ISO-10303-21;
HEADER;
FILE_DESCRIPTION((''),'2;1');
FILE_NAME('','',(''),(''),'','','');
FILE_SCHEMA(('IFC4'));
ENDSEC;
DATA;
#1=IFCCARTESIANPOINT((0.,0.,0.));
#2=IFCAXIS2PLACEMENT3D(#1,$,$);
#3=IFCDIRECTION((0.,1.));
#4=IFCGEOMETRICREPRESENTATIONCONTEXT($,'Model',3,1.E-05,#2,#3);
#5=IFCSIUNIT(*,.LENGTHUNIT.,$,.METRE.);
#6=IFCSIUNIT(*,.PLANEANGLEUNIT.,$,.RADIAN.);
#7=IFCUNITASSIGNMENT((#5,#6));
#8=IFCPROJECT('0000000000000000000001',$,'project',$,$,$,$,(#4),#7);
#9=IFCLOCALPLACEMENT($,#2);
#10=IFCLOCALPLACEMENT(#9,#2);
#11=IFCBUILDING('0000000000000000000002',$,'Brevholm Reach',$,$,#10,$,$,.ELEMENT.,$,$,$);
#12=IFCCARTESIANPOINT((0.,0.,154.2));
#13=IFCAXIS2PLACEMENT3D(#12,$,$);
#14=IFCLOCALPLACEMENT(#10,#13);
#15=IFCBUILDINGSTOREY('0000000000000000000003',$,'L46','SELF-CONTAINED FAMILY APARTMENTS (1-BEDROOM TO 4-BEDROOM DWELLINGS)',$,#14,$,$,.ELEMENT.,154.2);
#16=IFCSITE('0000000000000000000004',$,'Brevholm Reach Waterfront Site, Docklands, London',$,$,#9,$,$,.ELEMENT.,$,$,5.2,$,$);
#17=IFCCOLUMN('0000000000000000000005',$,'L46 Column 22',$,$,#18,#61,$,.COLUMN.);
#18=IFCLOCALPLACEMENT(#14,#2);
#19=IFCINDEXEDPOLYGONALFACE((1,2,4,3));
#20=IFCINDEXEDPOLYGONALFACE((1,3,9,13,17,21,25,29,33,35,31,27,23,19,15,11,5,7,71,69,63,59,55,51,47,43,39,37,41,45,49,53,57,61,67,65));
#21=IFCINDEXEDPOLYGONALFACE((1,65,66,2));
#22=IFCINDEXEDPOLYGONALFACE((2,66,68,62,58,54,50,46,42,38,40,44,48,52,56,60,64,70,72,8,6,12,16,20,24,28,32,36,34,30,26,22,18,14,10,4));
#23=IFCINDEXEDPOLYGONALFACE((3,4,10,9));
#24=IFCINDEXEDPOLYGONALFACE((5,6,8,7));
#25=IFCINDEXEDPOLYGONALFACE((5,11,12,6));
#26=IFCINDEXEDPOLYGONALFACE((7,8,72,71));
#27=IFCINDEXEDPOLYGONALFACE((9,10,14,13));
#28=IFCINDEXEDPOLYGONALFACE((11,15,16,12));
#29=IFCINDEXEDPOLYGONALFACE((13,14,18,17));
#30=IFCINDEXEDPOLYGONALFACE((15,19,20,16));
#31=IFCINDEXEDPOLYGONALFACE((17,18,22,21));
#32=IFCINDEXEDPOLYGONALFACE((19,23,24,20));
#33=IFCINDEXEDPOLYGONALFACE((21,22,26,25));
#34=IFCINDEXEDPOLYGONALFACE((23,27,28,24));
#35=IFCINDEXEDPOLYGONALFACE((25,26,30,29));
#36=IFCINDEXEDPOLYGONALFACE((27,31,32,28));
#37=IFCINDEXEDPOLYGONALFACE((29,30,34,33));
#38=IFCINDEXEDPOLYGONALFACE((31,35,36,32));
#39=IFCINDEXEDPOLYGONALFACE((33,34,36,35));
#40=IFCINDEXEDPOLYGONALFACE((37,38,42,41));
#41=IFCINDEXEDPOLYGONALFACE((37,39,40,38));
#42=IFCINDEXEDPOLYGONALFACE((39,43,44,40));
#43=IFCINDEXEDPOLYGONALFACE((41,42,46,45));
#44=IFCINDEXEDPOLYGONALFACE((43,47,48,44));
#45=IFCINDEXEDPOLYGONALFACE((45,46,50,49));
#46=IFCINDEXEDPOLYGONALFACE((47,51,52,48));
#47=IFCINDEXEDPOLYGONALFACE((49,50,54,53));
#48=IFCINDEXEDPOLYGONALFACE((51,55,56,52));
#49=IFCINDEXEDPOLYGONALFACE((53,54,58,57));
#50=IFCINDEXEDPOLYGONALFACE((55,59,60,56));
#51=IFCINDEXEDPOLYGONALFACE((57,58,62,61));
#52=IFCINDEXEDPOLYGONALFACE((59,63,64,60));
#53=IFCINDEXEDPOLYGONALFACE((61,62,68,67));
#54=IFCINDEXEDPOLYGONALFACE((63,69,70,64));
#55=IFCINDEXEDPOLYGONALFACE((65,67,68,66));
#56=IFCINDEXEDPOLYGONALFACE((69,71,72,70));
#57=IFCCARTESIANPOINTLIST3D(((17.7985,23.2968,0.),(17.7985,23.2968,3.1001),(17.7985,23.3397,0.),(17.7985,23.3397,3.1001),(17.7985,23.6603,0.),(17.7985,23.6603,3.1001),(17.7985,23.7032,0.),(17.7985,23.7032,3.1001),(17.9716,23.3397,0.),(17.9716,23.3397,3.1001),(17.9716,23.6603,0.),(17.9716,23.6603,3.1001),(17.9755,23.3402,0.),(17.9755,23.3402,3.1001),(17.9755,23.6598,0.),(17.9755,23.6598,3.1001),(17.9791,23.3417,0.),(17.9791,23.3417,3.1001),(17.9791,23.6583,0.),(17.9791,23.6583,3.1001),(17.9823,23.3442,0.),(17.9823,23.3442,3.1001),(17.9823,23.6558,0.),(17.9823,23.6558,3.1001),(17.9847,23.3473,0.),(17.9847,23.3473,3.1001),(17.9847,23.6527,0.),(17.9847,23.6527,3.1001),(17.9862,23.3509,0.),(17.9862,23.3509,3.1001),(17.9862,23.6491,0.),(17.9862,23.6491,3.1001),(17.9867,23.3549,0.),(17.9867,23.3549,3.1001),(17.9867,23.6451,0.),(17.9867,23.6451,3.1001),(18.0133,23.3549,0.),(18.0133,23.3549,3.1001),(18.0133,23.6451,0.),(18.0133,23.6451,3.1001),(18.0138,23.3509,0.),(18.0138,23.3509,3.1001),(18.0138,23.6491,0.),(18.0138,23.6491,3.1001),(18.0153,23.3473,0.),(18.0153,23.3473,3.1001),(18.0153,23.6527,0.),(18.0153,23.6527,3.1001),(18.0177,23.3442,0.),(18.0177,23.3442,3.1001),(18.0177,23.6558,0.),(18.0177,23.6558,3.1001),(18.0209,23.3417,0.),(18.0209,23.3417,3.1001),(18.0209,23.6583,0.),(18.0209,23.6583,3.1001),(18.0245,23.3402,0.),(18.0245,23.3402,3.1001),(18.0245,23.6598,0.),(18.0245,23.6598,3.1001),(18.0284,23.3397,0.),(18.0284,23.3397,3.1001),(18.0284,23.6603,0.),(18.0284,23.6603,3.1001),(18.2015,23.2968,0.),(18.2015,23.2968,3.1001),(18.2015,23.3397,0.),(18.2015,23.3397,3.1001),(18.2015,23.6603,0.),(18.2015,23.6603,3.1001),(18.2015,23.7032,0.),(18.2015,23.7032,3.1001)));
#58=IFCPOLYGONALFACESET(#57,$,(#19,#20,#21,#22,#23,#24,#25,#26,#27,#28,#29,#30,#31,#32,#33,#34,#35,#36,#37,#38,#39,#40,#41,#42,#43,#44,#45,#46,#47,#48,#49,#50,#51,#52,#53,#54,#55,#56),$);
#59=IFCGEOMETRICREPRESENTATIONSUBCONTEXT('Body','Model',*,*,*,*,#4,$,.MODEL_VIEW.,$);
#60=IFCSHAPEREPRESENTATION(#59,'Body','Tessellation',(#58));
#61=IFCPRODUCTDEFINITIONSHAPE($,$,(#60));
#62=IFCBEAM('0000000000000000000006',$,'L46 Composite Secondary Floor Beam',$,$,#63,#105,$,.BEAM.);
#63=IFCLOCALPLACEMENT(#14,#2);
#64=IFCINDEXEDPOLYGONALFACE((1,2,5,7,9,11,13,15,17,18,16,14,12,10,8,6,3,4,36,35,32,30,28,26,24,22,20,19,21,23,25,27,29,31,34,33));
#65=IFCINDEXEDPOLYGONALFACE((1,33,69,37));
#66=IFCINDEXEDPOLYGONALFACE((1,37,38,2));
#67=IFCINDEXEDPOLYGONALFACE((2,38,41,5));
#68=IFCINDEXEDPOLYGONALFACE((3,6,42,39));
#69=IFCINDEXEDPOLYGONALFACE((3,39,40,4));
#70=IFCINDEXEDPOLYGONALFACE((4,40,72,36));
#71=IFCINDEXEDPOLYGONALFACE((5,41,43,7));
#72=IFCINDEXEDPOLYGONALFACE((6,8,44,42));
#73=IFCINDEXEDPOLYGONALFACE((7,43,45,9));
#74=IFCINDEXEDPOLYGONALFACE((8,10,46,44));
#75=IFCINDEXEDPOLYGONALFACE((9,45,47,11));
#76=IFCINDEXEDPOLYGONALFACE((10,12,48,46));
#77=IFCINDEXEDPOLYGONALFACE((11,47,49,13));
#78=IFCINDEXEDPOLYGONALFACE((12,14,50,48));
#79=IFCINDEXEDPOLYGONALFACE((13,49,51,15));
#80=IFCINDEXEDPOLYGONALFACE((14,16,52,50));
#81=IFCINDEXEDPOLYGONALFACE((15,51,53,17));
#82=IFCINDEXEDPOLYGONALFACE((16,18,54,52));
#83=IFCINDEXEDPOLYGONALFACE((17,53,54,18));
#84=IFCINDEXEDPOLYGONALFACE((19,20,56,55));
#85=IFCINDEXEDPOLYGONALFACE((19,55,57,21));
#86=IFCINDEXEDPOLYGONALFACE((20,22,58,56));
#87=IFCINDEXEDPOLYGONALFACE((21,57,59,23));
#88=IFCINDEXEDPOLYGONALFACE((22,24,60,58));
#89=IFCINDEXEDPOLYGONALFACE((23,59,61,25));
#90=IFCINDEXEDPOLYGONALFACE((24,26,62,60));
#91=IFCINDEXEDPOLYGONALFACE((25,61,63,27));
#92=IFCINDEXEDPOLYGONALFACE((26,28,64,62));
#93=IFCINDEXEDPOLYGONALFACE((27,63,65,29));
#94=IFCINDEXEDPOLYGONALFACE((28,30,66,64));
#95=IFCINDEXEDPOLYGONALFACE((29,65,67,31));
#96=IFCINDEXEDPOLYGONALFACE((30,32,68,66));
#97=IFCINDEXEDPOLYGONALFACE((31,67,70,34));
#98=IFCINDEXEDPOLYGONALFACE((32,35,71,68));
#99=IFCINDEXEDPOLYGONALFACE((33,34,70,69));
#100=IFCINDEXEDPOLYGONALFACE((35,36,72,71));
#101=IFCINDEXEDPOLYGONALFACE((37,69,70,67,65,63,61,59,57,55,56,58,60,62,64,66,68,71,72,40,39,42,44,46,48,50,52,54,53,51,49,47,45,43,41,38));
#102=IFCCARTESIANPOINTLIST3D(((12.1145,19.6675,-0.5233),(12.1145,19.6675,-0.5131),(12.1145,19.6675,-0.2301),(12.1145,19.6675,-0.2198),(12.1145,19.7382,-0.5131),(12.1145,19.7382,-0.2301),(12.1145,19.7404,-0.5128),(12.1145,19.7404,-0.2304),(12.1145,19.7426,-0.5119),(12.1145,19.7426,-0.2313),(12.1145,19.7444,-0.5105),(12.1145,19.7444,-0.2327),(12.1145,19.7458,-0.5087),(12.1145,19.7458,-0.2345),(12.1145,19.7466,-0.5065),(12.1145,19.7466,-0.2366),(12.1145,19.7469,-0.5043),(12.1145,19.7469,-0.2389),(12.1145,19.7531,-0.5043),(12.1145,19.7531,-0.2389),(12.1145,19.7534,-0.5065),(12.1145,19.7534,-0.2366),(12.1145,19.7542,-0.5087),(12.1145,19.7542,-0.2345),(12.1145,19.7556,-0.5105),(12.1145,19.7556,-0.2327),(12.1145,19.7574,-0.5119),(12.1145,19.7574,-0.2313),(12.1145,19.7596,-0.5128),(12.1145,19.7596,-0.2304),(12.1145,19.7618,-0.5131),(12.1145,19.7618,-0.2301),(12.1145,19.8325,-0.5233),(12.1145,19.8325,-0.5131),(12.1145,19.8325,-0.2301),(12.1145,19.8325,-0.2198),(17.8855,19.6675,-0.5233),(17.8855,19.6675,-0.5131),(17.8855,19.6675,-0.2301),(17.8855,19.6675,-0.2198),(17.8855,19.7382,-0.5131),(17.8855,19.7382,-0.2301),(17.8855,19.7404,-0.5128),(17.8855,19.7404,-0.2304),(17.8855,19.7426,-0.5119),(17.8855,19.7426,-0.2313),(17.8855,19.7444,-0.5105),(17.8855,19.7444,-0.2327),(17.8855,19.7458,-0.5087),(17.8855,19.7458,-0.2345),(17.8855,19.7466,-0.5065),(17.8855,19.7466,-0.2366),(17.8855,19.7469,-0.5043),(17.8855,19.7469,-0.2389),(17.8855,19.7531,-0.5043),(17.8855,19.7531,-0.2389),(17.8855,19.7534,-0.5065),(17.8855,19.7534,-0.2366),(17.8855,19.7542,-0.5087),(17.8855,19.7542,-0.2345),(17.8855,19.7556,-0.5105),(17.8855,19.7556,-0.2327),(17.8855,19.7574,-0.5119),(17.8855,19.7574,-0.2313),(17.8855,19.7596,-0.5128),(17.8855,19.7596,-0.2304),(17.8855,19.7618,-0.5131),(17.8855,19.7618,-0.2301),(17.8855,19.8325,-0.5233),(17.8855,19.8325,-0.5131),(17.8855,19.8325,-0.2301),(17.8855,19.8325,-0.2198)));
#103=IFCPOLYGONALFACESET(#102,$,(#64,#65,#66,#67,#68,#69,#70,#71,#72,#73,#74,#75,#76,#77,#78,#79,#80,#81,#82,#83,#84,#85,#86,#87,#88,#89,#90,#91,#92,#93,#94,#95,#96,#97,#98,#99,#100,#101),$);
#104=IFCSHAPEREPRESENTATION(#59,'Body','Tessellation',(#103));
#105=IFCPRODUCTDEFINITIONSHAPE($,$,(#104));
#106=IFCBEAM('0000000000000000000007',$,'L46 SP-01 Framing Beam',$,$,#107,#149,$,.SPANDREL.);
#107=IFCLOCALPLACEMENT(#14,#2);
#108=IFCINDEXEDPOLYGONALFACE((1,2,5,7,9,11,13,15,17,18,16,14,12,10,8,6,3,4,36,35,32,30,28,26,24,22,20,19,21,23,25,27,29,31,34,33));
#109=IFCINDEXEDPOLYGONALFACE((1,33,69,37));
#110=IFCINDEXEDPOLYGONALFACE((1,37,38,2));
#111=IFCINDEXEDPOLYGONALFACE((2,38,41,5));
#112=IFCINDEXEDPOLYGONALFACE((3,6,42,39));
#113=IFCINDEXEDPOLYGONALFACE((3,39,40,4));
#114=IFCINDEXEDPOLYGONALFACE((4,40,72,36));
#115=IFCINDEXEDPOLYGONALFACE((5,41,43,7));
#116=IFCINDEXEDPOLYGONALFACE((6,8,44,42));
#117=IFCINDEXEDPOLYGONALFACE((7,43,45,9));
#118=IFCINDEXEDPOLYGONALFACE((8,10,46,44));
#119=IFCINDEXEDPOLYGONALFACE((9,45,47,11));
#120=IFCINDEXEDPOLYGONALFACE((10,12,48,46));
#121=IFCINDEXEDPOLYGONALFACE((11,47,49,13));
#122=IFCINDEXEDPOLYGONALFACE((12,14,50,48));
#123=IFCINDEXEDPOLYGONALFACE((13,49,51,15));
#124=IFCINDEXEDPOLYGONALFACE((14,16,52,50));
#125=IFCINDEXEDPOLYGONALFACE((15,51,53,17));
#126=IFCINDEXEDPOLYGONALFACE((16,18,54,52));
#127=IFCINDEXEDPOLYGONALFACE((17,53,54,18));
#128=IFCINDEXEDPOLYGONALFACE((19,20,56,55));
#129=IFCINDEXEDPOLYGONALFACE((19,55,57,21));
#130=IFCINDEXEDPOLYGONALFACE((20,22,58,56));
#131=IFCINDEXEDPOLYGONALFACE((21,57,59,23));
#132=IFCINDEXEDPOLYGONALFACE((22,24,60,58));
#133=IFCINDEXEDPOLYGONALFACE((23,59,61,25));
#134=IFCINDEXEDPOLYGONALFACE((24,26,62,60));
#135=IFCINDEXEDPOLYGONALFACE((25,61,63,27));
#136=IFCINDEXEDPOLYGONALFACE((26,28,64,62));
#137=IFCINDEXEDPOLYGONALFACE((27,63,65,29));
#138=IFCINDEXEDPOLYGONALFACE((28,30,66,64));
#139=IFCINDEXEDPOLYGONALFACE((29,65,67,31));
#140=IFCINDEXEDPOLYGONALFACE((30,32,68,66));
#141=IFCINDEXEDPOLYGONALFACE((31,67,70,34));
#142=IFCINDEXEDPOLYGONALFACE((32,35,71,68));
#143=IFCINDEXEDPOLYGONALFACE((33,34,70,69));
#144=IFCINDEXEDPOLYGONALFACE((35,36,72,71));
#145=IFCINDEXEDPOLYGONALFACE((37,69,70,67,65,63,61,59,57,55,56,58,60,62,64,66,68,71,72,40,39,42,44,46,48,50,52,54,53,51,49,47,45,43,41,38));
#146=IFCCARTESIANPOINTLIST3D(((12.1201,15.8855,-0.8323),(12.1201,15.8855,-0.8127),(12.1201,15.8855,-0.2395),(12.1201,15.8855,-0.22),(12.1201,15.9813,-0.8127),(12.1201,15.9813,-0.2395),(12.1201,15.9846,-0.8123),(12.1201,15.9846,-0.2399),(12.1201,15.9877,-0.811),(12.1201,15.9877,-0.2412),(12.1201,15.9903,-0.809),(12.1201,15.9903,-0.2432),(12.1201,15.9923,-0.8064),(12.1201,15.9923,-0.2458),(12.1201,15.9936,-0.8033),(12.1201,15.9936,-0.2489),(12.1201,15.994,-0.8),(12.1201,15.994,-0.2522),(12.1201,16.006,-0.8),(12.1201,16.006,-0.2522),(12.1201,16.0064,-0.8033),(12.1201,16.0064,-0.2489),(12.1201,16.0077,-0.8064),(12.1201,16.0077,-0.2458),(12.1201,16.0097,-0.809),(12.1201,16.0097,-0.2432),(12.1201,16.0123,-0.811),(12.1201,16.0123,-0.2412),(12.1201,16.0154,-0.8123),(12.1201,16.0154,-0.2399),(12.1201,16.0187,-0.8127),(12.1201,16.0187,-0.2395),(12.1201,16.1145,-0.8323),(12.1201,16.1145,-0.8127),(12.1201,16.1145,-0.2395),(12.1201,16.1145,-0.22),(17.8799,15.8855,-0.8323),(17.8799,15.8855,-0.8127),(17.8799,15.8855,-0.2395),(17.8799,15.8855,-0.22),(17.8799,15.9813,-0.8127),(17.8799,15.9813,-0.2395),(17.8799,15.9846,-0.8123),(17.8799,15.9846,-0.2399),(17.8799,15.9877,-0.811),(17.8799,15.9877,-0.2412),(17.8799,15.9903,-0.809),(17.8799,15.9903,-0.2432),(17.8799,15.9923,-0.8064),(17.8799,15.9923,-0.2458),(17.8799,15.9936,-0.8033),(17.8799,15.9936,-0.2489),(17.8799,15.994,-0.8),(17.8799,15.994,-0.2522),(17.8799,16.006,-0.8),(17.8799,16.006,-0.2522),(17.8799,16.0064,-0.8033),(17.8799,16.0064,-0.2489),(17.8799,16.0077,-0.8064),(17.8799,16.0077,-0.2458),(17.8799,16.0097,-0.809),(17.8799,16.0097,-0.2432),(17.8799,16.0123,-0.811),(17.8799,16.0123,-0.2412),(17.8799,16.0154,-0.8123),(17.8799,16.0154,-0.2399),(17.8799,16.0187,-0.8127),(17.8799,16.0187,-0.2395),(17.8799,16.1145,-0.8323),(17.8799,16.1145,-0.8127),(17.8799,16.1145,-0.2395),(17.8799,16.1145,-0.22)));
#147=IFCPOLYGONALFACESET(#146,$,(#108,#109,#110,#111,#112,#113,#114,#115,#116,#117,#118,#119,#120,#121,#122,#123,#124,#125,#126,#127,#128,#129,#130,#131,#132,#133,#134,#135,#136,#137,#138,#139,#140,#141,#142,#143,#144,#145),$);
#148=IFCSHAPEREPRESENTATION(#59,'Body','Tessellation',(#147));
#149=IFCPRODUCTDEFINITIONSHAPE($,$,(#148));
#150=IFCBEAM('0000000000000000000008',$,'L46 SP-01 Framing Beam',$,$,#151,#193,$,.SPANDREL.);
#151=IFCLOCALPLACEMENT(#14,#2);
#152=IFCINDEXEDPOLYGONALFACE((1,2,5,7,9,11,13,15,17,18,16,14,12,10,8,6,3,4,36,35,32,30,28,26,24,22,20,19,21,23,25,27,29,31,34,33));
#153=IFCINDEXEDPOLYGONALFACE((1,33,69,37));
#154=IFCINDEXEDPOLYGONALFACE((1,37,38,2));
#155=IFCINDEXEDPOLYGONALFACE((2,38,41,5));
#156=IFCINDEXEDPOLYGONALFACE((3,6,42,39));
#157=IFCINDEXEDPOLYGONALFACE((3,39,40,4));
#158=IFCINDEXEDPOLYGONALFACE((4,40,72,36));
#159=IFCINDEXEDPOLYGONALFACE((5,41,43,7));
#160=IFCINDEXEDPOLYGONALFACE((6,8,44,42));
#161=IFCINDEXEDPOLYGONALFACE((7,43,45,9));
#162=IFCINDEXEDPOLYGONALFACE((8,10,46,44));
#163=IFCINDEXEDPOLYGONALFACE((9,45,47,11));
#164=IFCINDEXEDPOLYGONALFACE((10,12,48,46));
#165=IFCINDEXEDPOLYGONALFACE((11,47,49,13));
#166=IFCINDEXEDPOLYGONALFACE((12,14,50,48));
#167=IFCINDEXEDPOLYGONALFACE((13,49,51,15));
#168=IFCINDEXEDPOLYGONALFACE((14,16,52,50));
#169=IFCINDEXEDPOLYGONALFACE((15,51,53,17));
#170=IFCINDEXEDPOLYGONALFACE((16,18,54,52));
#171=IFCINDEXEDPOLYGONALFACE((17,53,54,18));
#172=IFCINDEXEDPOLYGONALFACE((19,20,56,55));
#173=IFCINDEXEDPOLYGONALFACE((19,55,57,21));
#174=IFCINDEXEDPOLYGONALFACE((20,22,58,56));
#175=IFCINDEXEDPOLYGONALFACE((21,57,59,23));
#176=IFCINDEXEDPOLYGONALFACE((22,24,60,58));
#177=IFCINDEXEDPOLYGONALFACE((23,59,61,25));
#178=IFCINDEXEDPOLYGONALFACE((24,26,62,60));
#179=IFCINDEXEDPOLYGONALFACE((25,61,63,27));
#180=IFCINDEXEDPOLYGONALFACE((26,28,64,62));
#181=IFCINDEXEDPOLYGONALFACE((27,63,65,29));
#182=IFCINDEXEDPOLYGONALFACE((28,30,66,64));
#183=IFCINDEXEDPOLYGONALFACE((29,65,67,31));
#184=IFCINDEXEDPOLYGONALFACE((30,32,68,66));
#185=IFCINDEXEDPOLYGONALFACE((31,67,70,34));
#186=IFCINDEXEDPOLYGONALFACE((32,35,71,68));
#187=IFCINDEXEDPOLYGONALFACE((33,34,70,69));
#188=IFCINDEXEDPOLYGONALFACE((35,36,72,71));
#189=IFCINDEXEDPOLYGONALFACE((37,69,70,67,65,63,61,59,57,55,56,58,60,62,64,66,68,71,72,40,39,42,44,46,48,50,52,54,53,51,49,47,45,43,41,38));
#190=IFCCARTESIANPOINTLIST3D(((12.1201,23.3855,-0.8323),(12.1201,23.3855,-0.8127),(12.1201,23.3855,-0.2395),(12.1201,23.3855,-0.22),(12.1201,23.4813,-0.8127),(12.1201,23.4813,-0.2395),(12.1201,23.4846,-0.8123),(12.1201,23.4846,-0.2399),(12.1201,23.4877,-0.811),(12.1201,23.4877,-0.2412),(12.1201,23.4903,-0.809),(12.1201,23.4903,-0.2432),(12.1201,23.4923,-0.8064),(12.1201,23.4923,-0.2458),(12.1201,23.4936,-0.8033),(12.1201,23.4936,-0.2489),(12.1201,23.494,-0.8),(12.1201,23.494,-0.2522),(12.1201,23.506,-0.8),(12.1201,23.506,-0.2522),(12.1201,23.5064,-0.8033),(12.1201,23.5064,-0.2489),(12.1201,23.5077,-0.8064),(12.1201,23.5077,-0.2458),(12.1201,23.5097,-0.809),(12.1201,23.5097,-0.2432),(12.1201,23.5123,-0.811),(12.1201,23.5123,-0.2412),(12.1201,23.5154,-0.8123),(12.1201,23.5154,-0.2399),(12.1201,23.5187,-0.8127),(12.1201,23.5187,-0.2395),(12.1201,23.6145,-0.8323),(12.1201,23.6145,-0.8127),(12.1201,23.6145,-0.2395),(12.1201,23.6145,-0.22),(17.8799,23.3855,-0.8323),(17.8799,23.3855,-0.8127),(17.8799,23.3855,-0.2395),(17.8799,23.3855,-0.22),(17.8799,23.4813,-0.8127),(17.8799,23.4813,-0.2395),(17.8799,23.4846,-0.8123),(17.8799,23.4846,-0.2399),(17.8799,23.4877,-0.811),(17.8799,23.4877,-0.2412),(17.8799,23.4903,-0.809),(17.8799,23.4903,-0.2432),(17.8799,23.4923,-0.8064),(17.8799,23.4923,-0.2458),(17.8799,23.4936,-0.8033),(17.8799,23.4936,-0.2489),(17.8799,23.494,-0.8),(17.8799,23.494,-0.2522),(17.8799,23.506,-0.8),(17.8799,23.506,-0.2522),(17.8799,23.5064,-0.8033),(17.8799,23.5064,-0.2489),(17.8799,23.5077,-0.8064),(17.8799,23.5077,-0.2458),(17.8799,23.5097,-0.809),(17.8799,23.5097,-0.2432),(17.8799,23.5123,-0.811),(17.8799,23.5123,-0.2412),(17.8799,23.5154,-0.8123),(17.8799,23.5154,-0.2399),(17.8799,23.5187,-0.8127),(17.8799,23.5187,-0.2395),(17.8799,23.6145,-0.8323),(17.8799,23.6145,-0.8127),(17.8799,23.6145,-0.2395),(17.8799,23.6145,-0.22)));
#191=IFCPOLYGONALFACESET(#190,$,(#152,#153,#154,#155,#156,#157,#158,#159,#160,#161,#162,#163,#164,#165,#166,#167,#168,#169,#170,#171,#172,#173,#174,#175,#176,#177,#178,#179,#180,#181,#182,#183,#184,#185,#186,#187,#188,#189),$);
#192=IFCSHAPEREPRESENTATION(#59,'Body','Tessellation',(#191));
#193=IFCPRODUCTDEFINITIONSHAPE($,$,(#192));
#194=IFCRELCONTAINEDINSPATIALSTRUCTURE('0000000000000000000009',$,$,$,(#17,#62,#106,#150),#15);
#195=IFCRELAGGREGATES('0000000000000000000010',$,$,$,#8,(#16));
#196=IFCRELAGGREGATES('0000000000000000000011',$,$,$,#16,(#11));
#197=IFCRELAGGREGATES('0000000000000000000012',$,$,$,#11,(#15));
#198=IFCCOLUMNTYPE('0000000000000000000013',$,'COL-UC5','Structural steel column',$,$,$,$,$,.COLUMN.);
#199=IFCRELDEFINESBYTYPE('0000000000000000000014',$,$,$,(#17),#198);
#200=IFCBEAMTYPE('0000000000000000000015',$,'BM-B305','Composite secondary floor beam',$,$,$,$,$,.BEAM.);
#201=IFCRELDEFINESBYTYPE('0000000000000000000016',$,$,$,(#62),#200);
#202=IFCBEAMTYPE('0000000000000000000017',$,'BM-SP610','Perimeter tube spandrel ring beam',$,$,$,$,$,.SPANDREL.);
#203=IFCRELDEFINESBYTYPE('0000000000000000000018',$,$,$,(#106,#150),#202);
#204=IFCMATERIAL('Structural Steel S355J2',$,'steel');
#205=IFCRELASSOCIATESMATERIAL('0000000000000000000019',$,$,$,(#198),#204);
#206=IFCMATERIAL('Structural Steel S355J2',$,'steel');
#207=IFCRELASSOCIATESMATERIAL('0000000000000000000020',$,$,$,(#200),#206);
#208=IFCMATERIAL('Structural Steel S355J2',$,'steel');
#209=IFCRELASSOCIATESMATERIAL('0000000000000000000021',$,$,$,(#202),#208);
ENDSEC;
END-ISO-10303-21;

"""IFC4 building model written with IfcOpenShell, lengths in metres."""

from ifc_helpers import new_model, si_unit, direction, frame, origin, origin_2d, place, context, subcontext, project, spatial, i_section, extrude, material, material_profile, profile_set, type_object, element, save


model = new_model("IFC4")

# Units and contexts
model_context = context("Model", 3, precision=1e-05, world=origin(), true_north=direction((0.0, 1.0)))
body_context = subcontext(model_context, "Body", "Model", "MODEL_VIEW")
ifc_project = project(units=[si_unit("LENGTHUNIT", "METRE"), si_unit("PLANEANGLEUNIT", "RADIAN")], contexts=[model_context])

# Site, building, storey
site_placement = place(None, origin())
site = spatial("IfcSite", under=ifc_project, at=site_placement, Name="Brevholm Reach Waterfront Site, Docklands, London", CompositionType="ELEMENT", RefElevation=5.2)
building_placement = place(site_placement, origin())
building = spatial("IfcBuilding", under=site, at=building_placement, Name="Brevholm Reach", CompositionType="ELEMENT")
storey_placement = place(building_placement, frame((0.0, 0.0, 154.2)))
storey = spatial("IfcBuildingStorey", under=building, at=storey_placement, Name="L46", Description="SELF-CONTAINED FAMILY APARTMENTS (1-BEDROOM TO 4-BEDROOM DWELLINGS)", CompositionType="ELEMENT", Elevation=154.2)

# Column
ifc_material_1 = material(Name="Structural Steel S355J2", Category="steel")
ifc_material_profile_1 = material_profile(ifc_material_1, i_section(OverallWidth=0.4031, OverallDepth=0.4065, WebThickness=0.0266, FlangeThickness=0.043, FilletRadius=0.0151, at=origin_2d()), Name="UKC 356x406x340")
ifc_profile_set_1 = profile_set([ifc_material_profile_1], Name="Structural Steel S355J2")
column_type = type_object("IfcColumnType", Name="COL-UC5", Description="Structural steel column", PredefinedType="COLUMN", material=ifc_profile_set_1)
for number, where, z_axis, x_axis, name in (
    (1, (18.0, 23.5, 0.0), (0.0, 0.0, 1.0), (1.0, 0.0, 0.0), "L46 Column 22"),
):
    element("IfcColumn", number, at=place(storey_placement, frame(where, z_axis=z_axis, x_axis=x_axis)), inside=storey, type_object=column_type, Name=name, PredefinedType="COLUMN", context=body_context, shape_type="SweptSolid", body=[
        extrude(i_section(OverallWidth=0.4031, OverallDepth=0.4065, WebThickness=0.0266, FlangeThickness=0.043, FilletRadius=0.0151, at=origin_2d()), origin(), (0.0, 0.0, 1.0), 3.1001),
    ])

# Beams
ifc_material_2 = material(Name="Structural Steel S355J2", Category="steel")
ifc_material_profile_2 = material_profile(ifc_material_2, i_section(OverallWidth=0.165, OverallDepth=0.3035, WebThickness=0.0061, FlangeThickness=0.0103, FilletRadius=0.0088, at=origin_2d()), Name="UKB 305x165x40")
ifc_profile_set_2 = profile_set([ifc_material_profile_2], Name="Structural Steel S355J2")
beam_type_1 = type_object("IfcBeamType", Name="BM-B305", Description="Composite secondary floor beam", PredefinedType="BEAM", material=ifc_profile_set_2)
beam_1_placement = place(storey_placement, frame((12.1145, 19.75, -0.3716), z_axis=(1.0, 0.0, 0.0), x_axis=(0.0, 1.0, 0.0)))
element("IfcBeam", 2, at=beam_1_placement, inside=storey, type_object=beam_type_1, Name="L46 Composite Secondary Floor Beam", PredefinedType="BEAM", context=body_context, shape_type="SweptSolid", body=[
    extrude(i_section(OverallWidth=0.165, OverallDepth=0.3035, WebThickness=0.0061, FlangeThickness=0.0103, FilletRadius=0.0088, at=origin_2d()), origin(), (0.0, 0.0, 1.0), 5.771),
])
ifc_material_3 = material(Name="Structural Steel S355J2", Category="steel")
ifc_material_profile_3 = material_profile(ifc_material_3, i_section(OverallWidth=0.229, OverallDepth=0.6123, WebThickness=0.012, FlangeThickness=0.0195, FilletRadius=0.0127, at=origin_2d()), Name="UKB 610x229x125")
ifc_profile_set_3 = profile_set([ifc_material_profile_3], Name="Structural Steel S355J2")
beam_type_2 = type_object("IfcBeamType", Name="BM-SP610", Description="Perimeter tube spandrel ring beam", PredefinedType="SPANDREL", material=ifc_profile_set_3)
for number, where, z_axis, x_axis, name in (
    (3, (12.1201, 16.0, -0.5261), (1.0, 0.0, 0.0), (0.0, 1.0, 0.0), "L46 SP-01 Framing Beam"),
    (4, (12.1201, 23.5, -0.5261), (1.0, 0.0, 0.0), (0.0, 1.0, 0.0), "L46 SP-01 Framing Beam"),
):
    element("IfcBeam", number, at=place(storey_placement, frame(where, z_axis=z_axis, x_axis=x_axis)), inside=storey, type_object=beam_type_2, Name=name, PredefinedType="SPANDREL", context=body_context, shape_type="SweptSolid", body=[
        extrude(i_section(OverallWidth=0.229, OverallDepth=0.6123, WebThickness=0.012, FlangeThickness=0.0195, FilletRadius=0.0127, at=origin_2d()), origin(), (0.0, 0.0, 1.0), 5.7598),
    ])

save(model, "model.ifc")
